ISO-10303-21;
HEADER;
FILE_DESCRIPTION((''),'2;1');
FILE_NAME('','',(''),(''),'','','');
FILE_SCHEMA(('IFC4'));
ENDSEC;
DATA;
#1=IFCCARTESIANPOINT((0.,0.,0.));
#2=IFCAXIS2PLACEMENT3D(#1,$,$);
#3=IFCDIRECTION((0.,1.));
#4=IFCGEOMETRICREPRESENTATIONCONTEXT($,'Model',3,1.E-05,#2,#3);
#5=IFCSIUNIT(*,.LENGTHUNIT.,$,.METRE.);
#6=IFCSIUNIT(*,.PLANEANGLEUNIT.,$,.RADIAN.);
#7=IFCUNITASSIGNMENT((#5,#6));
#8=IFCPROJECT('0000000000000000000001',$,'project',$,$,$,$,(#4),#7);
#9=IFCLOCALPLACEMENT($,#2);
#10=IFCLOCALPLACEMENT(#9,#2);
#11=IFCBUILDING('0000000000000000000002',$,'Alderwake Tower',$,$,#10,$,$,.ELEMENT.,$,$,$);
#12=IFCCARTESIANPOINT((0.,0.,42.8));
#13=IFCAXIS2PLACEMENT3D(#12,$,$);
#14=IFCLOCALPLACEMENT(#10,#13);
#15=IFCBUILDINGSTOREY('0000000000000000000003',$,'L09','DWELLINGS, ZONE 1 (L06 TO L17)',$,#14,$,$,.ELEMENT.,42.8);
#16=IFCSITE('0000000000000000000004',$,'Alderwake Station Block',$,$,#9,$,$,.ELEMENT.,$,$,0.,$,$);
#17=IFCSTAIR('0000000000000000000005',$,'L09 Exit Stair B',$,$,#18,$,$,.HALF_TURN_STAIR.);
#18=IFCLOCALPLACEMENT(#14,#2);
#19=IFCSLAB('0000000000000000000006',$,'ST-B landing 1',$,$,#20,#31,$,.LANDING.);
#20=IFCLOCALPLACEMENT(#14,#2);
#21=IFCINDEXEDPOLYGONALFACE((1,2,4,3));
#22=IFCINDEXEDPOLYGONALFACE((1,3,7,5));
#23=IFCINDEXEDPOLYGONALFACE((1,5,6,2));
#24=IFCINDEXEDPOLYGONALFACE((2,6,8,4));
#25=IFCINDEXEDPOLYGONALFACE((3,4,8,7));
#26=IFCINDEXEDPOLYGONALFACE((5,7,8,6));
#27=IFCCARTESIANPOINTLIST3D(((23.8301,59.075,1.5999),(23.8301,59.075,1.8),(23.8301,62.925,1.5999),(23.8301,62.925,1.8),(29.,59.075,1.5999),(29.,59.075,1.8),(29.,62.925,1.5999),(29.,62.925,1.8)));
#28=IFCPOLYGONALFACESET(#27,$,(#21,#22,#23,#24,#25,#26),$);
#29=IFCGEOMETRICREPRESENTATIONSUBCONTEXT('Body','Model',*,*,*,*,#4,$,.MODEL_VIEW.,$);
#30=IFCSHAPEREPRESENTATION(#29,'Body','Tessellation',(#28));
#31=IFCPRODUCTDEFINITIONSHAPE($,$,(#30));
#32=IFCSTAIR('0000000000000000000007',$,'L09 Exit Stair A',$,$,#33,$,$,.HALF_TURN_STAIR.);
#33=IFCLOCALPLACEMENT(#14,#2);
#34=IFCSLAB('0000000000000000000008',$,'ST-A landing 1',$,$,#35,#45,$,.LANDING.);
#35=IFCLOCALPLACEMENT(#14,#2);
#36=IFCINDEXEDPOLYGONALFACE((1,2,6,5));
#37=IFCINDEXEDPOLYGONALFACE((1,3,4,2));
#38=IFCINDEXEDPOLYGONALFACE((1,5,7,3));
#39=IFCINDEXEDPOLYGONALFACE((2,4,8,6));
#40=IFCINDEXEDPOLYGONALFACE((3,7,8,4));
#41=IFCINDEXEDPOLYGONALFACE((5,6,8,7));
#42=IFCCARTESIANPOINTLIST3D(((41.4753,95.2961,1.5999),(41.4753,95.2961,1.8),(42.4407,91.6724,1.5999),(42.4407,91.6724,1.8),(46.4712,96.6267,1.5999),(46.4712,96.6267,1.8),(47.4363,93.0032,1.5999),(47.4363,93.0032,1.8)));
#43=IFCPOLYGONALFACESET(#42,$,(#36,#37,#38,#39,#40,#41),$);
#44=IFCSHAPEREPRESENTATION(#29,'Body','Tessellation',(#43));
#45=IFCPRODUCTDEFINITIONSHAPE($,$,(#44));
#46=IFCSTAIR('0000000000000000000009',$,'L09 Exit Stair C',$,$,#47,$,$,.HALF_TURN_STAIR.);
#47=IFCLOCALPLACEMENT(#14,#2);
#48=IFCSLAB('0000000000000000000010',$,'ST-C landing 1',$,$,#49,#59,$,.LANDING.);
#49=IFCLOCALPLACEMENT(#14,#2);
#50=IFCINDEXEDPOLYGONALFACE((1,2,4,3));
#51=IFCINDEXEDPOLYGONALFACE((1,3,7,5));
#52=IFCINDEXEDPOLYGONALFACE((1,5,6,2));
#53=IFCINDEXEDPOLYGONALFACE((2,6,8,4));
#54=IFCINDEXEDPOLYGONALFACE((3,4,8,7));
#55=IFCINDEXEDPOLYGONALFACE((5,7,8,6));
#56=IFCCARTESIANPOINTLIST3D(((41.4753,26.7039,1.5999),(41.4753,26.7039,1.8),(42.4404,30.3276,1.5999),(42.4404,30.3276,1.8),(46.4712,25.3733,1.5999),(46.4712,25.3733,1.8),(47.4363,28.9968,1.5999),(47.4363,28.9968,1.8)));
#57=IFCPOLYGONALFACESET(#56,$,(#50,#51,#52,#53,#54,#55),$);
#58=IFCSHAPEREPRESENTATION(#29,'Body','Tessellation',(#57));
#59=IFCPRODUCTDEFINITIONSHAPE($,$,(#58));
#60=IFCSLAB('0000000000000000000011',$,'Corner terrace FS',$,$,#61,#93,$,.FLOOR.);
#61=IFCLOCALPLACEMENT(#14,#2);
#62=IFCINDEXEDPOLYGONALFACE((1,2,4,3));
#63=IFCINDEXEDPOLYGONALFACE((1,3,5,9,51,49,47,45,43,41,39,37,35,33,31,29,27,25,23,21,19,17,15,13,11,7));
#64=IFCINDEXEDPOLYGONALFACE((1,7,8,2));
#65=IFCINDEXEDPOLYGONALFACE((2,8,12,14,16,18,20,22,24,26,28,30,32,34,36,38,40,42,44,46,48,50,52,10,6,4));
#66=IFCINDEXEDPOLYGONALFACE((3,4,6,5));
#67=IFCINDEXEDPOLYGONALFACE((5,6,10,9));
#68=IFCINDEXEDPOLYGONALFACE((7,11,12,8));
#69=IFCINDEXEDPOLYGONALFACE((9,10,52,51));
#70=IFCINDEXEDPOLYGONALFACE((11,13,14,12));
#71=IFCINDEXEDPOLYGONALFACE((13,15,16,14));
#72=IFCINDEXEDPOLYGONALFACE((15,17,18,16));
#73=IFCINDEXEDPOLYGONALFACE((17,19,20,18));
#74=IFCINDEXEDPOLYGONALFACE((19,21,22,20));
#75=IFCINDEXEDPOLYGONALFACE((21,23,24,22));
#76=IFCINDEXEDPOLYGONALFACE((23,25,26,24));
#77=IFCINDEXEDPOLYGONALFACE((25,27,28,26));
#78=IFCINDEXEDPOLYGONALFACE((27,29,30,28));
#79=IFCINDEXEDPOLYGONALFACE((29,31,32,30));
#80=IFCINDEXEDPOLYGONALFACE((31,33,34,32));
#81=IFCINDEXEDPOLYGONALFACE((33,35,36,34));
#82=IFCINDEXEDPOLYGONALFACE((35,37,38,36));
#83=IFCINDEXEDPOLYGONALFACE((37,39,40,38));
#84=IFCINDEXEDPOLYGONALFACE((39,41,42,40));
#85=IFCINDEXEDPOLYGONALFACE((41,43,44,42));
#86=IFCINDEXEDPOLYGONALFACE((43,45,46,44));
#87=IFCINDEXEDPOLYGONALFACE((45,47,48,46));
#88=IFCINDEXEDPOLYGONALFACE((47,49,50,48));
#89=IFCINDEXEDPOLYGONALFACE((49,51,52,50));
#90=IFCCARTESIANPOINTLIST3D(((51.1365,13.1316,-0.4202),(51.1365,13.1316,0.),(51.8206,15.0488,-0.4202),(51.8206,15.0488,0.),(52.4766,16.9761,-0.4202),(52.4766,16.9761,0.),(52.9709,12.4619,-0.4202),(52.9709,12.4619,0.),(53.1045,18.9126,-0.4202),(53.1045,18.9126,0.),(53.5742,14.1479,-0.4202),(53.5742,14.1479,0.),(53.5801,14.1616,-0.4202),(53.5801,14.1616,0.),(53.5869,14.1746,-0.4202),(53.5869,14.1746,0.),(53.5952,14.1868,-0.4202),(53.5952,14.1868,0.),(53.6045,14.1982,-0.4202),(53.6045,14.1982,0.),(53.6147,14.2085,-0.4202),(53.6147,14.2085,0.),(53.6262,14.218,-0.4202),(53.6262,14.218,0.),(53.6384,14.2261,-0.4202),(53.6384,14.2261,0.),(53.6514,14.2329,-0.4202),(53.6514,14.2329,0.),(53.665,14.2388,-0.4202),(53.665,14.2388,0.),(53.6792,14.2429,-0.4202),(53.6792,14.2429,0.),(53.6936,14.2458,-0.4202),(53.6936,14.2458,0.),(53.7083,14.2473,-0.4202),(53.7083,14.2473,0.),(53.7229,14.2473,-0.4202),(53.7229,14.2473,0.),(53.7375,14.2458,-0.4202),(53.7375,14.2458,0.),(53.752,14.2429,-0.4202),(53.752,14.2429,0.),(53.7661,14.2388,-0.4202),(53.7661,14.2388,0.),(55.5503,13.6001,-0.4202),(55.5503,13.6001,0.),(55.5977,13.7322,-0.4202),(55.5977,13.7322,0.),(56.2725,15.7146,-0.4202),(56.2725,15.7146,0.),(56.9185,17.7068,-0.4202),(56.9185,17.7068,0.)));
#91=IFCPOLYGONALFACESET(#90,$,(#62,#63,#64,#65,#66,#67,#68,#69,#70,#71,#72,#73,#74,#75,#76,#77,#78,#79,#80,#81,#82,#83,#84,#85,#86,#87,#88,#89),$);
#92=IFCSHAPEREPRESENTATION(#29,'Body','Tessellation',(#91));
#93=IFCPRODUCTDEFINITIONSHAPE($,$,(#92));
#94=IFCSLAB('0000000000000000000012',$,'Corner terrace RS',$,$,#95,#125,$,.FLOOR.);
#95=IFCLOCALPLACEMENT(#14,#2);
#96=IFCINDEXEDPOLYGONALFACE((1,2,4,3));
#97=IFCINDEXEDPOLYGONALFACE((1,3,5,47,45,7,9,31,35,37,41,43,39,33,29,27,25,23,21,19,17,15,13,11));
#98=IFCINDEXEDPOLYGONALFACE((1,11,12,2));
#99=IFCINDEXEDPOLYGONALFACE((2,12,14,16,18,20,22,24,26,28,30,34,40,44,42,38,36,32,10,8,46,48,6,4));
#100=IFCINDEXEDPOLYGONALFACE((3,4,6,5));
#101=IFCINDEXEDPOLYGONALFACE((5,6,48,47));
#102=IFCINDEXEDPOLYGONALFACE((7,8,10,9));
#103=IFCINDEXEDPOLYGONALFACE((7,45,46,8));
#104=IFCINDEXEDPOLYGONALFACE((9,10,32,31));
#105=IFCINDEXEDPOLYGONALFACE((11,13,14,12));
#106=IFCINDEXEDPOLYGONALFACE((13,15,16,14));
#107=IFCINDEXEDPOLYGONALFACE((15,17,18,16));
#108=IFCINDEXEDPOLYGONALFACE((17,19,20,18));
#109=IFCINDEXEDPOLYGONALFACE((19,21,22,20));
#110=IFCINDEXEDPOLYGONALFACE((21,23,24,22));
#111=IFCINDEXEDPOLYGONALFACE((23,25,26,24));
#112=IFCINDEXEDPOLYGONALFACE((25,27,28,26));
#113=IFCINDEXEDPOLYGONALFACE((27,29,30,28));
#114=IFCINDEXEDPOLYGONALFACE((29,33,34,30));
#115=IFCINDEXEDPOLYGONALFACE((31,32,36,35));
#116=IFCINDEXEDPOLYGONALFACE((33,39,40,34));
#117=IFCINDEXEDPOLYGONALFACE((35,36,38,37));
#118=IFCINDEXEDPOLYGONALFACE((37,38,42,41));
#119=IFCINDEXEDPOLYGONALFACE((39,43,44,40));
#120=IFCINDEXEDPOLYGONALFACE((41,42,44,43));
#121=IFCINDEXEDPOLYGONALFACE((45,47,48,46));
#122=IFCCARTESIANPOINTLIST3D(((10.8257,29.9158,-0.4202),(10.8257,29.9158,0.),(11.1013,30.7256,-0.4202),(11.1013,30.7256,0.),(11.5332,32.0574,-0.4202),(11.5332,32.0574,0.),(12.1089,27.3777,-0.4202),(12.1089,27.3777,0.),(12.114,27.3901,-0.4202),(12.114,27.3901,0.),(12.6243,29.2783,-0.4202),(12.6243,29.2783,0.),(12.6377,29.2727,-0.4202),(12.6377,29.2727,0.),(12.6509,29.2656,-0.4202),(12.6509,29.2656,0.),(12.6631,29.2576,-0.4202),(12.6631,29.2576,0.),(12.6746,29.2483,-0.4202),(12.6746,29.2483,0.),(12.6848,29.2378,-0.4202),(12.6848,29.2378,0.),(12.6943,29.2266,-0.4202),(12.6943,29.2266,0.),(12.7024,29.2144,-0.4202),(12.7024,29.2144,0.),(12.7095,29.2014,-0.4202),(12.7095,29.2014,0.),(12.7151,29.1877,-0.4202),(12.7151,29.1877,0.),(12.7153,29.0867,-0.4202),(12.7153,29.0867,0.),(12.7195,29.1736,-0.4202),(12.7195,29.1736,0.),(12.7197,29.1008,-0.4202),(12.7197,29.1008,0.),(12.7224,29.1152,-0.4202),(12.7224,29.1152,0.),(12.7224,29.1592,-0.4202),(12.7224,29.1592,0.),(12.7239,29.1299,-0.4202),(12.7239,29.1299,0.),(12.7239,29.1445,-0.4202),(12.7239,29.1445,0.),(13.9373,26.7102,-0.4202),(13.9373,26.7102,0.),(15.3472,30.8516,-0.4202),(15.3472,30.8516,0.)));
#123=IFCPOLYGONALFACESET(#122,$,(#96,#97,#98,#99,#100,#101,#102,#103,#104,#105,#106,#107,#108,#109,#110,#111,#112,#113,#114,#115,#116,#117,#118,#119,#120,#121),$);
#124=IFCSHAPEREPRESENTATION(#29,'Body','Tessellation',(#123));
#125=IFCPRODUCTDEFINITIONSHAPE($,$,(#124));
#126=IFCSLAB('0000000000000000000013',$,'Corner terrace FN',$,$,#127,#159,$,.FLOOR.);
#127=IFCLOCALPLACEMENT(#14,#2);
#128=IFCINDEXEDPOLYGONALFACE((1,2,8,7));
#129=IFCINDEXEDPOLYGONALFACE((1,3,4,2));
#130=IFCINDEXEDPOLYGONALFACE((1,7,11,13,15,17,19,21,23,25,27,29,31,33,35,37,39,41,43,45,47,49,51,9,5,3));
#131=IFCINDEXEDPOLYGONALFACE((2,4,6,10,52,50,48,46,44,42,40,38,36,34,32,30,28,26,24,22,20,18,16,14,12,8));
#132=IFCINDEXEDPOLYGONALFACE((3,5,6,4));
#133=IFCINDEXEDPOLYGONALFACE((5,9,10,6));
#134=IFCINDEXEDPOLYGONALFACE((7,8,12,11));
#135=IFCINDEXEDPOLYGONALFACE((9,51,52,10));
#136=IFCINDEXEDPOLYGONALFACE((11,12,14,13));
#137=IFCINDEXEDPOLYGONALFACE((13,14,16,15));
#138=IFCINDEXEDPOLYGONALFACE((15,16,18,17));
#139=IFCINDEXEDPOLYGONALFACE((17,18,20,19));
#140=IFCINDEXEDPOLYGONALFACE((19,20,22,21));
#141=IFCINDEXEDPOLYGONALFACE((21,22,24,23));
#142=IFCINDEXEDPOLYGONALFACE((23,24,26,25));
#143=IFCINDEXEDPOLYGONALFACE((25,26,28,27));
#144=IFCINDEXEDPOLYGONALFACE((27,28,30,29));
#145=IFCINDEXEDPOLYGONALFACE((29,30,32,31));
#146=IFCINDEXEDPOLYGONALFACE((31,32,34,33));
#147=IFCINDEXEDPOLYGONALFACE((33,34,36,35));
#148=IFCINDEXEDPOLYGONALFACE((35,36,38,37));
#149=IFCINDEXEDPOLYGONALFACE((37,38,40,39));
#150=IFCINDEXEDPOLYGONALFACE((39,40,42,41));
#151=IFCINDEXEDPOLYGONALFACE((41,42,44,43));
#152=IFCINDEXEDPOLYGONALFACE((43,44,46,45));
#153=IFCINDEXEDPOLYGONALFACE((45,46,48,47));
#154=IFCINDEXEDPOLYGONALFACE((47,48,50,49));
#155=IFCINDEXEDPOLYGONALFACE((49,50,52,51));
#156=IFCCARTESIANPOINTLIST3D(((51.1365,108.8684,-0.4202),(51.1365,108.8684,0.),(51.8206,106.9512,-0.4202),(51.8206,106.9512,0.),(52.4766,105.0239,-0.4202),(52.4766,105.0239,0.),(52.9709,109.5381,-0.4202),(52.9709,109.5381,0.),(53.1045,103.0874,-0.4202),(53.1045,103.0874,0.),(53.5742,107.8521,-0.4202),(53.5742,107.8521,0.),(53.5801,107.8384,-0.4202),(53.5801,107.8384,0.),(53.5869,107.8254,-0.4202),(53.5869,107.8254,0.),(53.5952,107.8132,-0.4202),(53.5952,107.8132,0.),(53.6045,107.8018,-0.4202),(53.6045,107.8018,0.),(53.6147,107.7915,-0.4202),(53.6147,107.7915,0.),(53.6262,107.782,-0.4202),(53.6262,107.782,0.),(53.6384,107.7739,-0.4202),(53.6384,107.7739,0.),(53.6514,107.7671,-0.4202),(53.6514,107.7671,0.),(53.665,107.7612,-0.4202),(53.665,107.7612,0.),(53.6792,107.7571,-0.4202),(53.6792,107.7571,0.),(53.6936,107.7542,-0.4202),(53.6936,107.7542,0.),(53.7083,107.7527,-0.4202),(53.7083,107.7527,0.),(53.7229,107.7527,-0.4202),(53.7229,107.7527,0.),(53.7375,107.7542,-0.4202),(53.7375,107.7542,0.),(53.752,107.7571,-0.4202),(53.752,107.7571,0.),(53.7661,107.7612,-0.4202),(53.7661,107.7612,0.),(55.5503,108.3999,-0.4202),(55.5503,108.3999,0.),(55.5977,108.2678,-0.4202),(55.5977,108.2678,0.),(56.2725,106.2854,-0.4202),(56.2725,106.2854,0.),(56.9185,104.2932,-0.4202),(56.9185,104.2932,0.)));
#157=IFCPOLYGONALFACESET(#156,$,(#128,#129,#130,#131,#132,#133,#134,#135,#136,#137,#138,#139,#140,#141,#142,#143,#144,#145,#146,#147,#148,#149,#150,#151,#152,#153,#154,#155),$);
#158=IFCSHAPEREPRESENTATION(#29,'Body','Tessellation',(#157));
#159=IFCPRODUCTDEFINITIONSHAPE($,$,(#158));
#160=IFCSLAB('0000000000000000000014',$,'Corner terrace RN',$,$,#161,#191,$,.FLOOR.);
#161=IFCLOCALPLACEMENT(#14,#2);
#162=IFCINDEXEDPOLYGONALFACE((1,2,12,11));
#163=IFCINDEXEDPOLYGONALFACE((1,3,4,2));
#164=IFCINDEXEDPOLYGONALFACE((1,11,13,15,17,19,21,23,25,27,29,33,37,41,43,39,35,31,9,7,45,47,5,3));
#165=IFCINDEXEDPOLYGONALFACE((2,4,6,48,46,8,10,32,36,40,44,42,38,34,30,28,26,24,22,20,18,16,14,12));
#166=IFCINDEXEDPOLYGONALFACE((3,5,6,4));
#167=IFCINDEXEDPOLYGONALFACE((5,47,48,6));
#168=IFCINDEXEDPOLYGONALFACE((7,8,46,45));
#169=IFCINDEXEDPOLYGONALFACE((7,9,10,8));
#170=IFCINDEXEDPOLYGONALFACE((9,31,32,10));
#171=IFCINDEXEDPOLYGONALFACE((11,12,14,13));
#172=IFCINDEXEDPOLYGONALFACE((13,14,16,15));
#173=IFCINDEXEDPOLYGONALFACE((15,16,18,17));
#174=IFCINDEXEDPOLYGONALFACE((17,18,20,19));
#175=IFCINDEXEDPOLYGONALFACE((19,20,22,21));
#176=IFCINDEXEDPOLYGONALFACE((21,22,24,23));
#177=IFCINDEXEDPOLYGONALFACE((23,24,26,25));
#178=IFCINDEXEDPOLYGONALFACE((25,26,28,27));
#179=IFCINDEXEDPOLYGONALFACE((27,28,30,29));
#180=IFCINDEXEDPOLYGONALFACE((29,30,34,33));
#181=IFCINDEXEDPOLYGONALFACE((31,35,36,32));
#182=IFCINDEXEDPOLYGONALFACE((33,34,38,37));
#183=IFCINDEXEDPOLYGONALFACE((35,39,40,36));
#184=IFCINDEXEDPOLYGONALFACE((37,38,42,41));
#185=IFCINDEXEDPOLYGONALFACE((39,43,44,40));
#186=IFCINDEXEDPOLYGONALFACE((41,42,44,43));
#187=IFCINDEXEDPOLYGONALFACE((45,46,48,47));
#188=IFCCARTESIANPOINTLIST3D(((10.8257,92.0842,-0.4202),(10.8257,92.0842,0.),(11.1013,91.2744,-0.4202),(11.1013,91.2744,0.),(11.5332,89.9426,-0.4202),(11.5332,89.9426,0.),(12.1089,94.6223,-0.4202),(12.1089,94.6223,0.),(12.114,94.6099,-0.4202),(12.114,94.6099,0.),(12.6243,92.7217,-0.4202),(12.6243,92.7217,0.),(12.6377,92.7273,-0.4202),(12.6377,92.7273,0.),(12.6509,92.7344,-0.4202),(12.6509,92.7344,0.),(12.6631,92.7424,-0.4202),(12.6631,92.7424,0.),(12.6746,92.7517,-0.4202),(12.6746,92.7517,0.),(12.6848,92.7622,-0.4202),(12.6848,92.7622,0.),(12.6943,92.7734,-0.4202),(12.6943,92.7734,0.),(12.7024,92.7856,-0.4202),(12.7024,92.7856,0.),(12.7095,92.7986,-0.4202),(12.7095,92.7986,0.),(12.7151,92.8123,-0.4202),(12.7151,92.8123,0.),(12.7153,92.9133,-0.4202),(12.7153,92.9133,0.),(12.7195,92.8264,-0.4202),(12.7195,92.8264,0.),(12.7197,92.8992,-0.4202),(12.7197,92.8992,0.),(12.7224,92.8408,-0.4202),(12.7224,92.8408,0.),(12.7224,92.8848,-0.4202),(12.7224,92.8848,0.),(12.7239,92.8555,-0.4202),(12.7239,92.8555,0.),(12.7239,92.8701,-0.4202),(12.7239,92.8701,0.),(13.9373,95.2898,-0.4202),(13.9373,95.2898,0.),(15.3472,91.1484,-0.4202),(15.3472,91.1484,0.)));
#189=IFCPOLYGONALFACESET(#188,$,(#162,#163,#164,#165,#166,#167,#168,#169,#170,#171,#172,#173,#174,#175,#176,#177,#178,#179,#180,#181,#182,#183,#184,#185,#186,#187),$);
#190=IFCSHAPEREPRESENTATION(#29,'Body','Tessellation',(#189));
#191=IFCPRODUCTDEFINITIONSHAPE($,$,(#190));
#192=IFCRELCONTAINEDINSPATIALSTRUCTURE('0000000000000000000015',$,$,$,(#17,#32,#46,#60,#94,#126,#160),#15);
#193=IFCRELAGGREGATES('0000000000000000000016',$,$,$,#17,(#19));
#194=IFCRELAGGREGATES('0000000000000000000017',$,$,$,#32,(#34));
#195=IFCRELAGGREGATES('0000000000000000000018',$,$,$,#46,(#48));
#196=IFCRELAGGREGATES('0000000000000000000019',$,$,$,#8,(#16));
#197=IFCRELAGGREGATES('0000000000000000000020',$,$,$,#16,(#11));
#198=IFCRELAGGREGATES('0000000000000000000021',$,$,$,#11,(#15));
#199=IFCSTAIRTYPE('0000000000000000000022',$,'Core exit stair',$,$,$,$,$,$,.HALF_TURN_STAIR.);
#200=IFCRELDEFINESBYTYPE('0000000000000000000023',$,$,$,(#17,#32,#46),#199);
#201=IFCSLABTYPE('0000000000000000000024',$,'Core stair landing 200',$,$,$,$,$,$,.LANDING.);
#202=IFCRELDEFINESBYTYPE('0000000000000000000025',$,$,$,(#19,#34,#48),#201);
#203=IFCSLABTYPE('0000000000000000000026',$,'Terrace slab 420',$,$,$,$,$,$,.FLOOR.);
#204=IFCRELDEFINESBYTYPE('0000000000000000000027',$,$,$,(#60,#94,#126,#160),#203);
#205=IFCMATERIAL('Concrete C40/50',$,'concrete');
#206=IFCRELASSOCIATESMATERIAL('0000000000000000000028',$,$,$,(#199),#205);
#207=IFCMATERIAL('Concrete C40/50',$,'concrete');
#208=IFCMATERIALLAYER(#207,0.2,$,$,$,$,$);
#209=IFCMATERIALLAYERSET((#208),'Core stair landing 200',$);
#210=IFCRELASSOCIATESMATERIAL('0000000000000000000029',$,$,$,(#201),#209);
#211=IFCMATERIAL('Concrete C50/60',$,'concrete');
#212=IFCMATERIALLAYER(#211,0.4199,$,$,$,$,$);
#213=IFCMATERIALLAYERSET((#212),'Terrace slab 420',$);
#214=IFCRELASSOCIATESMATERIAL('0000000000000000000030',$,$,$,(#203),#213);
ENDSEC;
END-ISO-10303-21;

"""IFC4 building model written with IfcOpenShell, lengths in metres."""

from ifc_helpers import new_model, si_unit, direction, frame, origin, place, context, subcontext, project, spatial, polyline, outline, extrude, material, layer, layer_set, type_object, element, aggregate, save


model = new_model("IFC4")

# Units and contexts
model_context = context("Model", 3, precision=1e-05, world=origin(), true_north=direction((0.0, 1.0)))
body_context = subcontext(model_context, "Body", "Model", "MODEL_VIEW")
ifc_project = project(units=[si_unit("LENGTHUNIT", "METRE"), si_unit("PLANEANGLEUNIT", "RADIAN")], contexts=[model_context])

# Site, building, storey
site_placement = place(None, origin())
site = spatial("IfcSite", under=ifc_project, at=site_placement, Name="Alderwake Station Block", CompositionType="ELEMENT", RefElevation=0.0)
building_placement = place(site_placement, origin())
building = spatial("IfcBuilding", under=site, at=building_placement, Name="Alderwake Tower", CompositionType="ELEMENT")
storey_placement = place(building_placement, frame((0.0, 0.0, 42.8)))
storey = spatial("IfcBuildingStorey", under=building, at=storey_placement, Name="L09", Description="DWELLINGS, ZONE 1 (L06 TO L17)", CompositionType="ELEMENT", Elevation=42.8)

# Stairs, slabs
ifc_material_1 = material(Name="Concrete C40/50", Category="concrete")
stair_type = type_object("IfcStairType", Name="Core exit stair", PredefinedType="HALF_TURN_STAIR", material=ifc_material_1)
stair_1_placement = place(storey_placement, origin())
stair_1 = element("IfcStair", 1, at=stair_1_placement, inside=storey, type_object=stair_type, Name="L09 Exit Stair B", PredefinedType="HALF_TURN_STAIR")
ifc_material_2 = material(Name="Concrete C40/50", Category="concrete")
ifc_layer_1 = layer(ifc_material_2, 0.2)
ifc_layer_set_1 = layer_set([ifc_layer_1], Name="Core stair landing 200")
slab_type_1 = type_object("IfcSlabType", Name="Core stair landing 200", PredefinedType="LANDING", material=ifc_layer_set_1)
slab_1_placement = place(storey_placement, frame((0.0, 0.0, 1.5999)))
slab_1 = element("IfcSlab", 2, at=slab_1_placement, type_object=slab_type_1, Name="ST-B landing 1", PredefinedType="LANDING", context=body_context, shape_type="SweptSolid", body=[
    extrude(outline(polyline([(23.8301, 59.075), (29.0, 59.075), (29.0, 62.925), (23.8301, 62.925), (23.8301, 59.075)])), origin(), (0.0, 0.0, 1.0), 0.2002),
])
aggregate(stair_1, [slab_1])
stair_2_placement = place(storey_placement, origin())
stair_2 = element("IfcStair", 3, at=stair_2_placement, inside=storey, type_object=stair_type, Name="L09 Exit Stair A", PredefinedType="HALF_TURN_STAIR")
slab_2_placement = place(storey_placement, frame((0.0, 0.0, 1.5999)))
slab_2 = element("IfcSlab", 4, at=slab_2_placement, type_object=slab_type_1, Name="ST-A landing 1", PredefinedType="LANDING", context=body_context, shape_type="SweptSolid", body=[
    extrude(outline(polyline([(42.4407, 91.6724), (47.4363, 93.0032), (46.4712, 96.6267), (41.4753, 95.2961), (42.4407, 91.6724)])), origin(), (0.0, 0.0, 1.0), 0.2002),
])
aggregate(stair_2, [slab_2])
stair_3_placement = place(storey_placement, origin())
stair_3 = element("IfcStair", 5, at=stair_3_placement, inside=storey, type_object=stair_type, Name="L09 Exit Stair C", PredefinedType="HALF_TURN_STAIR")
slab_3_placement = place(storey_placement, frame((0.0, 0.0, 1.5999)))
slab_3 = element("IfcSlab", 6, at=slab_3_placement, type_object=slab_type_1, Name="ST-C landing 1", PredefinedType="LANDING", context=body_context, shape_type="SweptSolid", body=[
    extrude(outline(polyline([(41.4753, 26.7039), (46.4712, 25.3733), (47.4363, 28.9968), (42.4404, 30.3276), (41.4753, 26.7039)])), origin(), (0.0, 0.0, 1.0), 0.2002),
])
aggregate(stair_3, [slab_3])

# Slabs
ifc_material_3 = material(Name="Concrete C50/60", Category="concrete")
ifc_layer_2 = layer(ifc_material_3, 0.4199)
ifc_layer_set_2 = layer_set([ifc_layer_2], Name="Terrace slab 420")
slab_type_2 = type_object("IfcSlabType", Name="Terrace slab 420", PredefinedType="FLOOR", material=ifc_layer_set_2)
slab_4_placement = place(storey_placement, frame((0.0, 0.0, -0.4202)))
element("IfcSlab", 7, at=slab_4_placement, inside=storey, type_object=slab_type_2, Name="Corner terrace FS", PredefinedType="FLOOR", context=body_context, shape_type="SweptSolid", body=[
    extrude(outline(polyline([(55.5977, 13.7322), (55.5503, 13.6001), (53.7661, 14.2388), (53.752, 14.2429), (53.7375, 14.2458), (53.7229, 14.2473), (53.7083, 14.2473), (53.6936, 14.2458), (53.6792, 14.2429), (53.665, 14.2388), (53.6514, 14.2329), (53.6384, 14.2261), (53.6262, 14.218), (53.6147, 14.2085), (53.6045, 14.1982), (53.5952, 14.1868), (53.5869, 14.1746), (53.5801, 14.1616), (53.5742, 14.1479), (52.9709, 12.4619), (51.1365, 13.1316), (51.8206, 15.0488), (52.4766, 16.9761), (53.1045, 18.9126), (56.9185, 17.7068), (56.2725, 15.7146), (55.5977, 13.7322)])), origin(), (0.0, 0.0, 1.0), 0.4202),
])
slab_5_placement = place(storey_placement, frame((0.0, 0.0, -0.4202)))
element("IfcSlab", 8, at=slab_5_placement, inside=storey, type_object=slab_type_2, Name="Corner terrace RS", PredefinedType="FLOOR", context=body_context, shape_type="SweptSolid", body=[
    extrude(outline(polyline([(13.9373, 26.7102), (12.1089, 27.3777), (12.114, 27.3901), (12.7153, 29.0867), (12.7197, 29.1008), (12.7224, 29.1152), (12.7239, 29.1299), (12.7239, 29.1445), (12.7224, 29.1592), (12.7195, 29.1736), (12.7151, 29.1877), (12.7095, 29.2014), (12.7024, 29.2144), (12.6943, 29.2266), (12.6848, 29.2378), (12.6746, 29.2483), (12.6631, 29.2576), (12.6509, 29.2656), (12.6377, 29.2727), (12.6243, 29.2783), (10.8257, 29.9158), (11.1013, 30.7256), (11.5332, 32.0574), (15.3472, 30.8516), (13.9373, 26.7102)])), origin(), (0.0, 0.0, 1.0), 0.4202),
])
slab_6_placement = place(storey_placement, frame((0.0, 0.0, -0.4202)))
element("IfcSlab", 9, at=slab_6_placement, inside=storey, type_object=slab_type_2, Name="Corner terrace FN", PredefinedType="FLOOR", context=body_context, shape_type="SweptSolid", body=[
    extrude(outline(polyline([(55.5977, 108.2678), (56.2725, 106.2854), (56.9185, 104.2932), (53.1045, 103.0874), (52.4766, 105.0239), (51.8206, 106.9512), (51.1365, 108.8684), (52.9709, 109.5381), (53.5742, 107.8521), (53.5801, 107.8384), (53.5869, 107.8254), (53.5952, 107.8132), (53.6045, 107.8018), (53.6147, 107.7915), (53.6262, 107.782), (53.6384, 107.7739), (53.6514, 107.7671), (53.665, 107.7612), (53.6792, 107.7571), (53.6936, 107.7542), (53.7083, 107.7527), (53.7229, 107.7527), (53.7375, 107.7542), (53.752, 107.7571), (53.7661, 107.7612), (55.5503, 108.3999), (55.5977, 108.2678)])), origin(), (0.0, 0.0, 1.0), 0.4202),
])
slab_7_placement = place(storey_placement, frame((0.0, 0.0, -0.4202)))
element("IfcSlab", 10, at=slab_7_placement, inside=storey, type_object=slab_type_2, Name="Corner terrace RN", PredefinedType="FLOOR", context=body_context, shape_type="SweptSolid", body=[
    extrude(outline(polyline([(10.8257, 92.0842), (12.6243, 92.7217), (12.6377, 92.7273), (12.6509, 92.7344), (12.6631, 92.7424), (12.6746, 92.7517), (12.6848, 92.7622), (12.6943, 92.7734), (12.7024, 92.7856), (12.7095, 92.7986), (12.7151, 92.8123), (12.7195, 92.8264), (12.7224, 92.8408), (12.7239, 92.8555), (12.7239, 92.8701), (12.7224, 92.8848), (12.7197, 92.8992), (12.7153, 92.9133), (12.114, 94.6099), (12.1089, 94.6223), (13.9373, 95.2898), (15.3472, 91.1484), (11.5332, 89.9426), (11.1013, 91.2744), (10.8257, 92.0842)])), origin(), (0.0, 0.0, 1.0), 0.4202),
])

save(model, "model.ifc")
